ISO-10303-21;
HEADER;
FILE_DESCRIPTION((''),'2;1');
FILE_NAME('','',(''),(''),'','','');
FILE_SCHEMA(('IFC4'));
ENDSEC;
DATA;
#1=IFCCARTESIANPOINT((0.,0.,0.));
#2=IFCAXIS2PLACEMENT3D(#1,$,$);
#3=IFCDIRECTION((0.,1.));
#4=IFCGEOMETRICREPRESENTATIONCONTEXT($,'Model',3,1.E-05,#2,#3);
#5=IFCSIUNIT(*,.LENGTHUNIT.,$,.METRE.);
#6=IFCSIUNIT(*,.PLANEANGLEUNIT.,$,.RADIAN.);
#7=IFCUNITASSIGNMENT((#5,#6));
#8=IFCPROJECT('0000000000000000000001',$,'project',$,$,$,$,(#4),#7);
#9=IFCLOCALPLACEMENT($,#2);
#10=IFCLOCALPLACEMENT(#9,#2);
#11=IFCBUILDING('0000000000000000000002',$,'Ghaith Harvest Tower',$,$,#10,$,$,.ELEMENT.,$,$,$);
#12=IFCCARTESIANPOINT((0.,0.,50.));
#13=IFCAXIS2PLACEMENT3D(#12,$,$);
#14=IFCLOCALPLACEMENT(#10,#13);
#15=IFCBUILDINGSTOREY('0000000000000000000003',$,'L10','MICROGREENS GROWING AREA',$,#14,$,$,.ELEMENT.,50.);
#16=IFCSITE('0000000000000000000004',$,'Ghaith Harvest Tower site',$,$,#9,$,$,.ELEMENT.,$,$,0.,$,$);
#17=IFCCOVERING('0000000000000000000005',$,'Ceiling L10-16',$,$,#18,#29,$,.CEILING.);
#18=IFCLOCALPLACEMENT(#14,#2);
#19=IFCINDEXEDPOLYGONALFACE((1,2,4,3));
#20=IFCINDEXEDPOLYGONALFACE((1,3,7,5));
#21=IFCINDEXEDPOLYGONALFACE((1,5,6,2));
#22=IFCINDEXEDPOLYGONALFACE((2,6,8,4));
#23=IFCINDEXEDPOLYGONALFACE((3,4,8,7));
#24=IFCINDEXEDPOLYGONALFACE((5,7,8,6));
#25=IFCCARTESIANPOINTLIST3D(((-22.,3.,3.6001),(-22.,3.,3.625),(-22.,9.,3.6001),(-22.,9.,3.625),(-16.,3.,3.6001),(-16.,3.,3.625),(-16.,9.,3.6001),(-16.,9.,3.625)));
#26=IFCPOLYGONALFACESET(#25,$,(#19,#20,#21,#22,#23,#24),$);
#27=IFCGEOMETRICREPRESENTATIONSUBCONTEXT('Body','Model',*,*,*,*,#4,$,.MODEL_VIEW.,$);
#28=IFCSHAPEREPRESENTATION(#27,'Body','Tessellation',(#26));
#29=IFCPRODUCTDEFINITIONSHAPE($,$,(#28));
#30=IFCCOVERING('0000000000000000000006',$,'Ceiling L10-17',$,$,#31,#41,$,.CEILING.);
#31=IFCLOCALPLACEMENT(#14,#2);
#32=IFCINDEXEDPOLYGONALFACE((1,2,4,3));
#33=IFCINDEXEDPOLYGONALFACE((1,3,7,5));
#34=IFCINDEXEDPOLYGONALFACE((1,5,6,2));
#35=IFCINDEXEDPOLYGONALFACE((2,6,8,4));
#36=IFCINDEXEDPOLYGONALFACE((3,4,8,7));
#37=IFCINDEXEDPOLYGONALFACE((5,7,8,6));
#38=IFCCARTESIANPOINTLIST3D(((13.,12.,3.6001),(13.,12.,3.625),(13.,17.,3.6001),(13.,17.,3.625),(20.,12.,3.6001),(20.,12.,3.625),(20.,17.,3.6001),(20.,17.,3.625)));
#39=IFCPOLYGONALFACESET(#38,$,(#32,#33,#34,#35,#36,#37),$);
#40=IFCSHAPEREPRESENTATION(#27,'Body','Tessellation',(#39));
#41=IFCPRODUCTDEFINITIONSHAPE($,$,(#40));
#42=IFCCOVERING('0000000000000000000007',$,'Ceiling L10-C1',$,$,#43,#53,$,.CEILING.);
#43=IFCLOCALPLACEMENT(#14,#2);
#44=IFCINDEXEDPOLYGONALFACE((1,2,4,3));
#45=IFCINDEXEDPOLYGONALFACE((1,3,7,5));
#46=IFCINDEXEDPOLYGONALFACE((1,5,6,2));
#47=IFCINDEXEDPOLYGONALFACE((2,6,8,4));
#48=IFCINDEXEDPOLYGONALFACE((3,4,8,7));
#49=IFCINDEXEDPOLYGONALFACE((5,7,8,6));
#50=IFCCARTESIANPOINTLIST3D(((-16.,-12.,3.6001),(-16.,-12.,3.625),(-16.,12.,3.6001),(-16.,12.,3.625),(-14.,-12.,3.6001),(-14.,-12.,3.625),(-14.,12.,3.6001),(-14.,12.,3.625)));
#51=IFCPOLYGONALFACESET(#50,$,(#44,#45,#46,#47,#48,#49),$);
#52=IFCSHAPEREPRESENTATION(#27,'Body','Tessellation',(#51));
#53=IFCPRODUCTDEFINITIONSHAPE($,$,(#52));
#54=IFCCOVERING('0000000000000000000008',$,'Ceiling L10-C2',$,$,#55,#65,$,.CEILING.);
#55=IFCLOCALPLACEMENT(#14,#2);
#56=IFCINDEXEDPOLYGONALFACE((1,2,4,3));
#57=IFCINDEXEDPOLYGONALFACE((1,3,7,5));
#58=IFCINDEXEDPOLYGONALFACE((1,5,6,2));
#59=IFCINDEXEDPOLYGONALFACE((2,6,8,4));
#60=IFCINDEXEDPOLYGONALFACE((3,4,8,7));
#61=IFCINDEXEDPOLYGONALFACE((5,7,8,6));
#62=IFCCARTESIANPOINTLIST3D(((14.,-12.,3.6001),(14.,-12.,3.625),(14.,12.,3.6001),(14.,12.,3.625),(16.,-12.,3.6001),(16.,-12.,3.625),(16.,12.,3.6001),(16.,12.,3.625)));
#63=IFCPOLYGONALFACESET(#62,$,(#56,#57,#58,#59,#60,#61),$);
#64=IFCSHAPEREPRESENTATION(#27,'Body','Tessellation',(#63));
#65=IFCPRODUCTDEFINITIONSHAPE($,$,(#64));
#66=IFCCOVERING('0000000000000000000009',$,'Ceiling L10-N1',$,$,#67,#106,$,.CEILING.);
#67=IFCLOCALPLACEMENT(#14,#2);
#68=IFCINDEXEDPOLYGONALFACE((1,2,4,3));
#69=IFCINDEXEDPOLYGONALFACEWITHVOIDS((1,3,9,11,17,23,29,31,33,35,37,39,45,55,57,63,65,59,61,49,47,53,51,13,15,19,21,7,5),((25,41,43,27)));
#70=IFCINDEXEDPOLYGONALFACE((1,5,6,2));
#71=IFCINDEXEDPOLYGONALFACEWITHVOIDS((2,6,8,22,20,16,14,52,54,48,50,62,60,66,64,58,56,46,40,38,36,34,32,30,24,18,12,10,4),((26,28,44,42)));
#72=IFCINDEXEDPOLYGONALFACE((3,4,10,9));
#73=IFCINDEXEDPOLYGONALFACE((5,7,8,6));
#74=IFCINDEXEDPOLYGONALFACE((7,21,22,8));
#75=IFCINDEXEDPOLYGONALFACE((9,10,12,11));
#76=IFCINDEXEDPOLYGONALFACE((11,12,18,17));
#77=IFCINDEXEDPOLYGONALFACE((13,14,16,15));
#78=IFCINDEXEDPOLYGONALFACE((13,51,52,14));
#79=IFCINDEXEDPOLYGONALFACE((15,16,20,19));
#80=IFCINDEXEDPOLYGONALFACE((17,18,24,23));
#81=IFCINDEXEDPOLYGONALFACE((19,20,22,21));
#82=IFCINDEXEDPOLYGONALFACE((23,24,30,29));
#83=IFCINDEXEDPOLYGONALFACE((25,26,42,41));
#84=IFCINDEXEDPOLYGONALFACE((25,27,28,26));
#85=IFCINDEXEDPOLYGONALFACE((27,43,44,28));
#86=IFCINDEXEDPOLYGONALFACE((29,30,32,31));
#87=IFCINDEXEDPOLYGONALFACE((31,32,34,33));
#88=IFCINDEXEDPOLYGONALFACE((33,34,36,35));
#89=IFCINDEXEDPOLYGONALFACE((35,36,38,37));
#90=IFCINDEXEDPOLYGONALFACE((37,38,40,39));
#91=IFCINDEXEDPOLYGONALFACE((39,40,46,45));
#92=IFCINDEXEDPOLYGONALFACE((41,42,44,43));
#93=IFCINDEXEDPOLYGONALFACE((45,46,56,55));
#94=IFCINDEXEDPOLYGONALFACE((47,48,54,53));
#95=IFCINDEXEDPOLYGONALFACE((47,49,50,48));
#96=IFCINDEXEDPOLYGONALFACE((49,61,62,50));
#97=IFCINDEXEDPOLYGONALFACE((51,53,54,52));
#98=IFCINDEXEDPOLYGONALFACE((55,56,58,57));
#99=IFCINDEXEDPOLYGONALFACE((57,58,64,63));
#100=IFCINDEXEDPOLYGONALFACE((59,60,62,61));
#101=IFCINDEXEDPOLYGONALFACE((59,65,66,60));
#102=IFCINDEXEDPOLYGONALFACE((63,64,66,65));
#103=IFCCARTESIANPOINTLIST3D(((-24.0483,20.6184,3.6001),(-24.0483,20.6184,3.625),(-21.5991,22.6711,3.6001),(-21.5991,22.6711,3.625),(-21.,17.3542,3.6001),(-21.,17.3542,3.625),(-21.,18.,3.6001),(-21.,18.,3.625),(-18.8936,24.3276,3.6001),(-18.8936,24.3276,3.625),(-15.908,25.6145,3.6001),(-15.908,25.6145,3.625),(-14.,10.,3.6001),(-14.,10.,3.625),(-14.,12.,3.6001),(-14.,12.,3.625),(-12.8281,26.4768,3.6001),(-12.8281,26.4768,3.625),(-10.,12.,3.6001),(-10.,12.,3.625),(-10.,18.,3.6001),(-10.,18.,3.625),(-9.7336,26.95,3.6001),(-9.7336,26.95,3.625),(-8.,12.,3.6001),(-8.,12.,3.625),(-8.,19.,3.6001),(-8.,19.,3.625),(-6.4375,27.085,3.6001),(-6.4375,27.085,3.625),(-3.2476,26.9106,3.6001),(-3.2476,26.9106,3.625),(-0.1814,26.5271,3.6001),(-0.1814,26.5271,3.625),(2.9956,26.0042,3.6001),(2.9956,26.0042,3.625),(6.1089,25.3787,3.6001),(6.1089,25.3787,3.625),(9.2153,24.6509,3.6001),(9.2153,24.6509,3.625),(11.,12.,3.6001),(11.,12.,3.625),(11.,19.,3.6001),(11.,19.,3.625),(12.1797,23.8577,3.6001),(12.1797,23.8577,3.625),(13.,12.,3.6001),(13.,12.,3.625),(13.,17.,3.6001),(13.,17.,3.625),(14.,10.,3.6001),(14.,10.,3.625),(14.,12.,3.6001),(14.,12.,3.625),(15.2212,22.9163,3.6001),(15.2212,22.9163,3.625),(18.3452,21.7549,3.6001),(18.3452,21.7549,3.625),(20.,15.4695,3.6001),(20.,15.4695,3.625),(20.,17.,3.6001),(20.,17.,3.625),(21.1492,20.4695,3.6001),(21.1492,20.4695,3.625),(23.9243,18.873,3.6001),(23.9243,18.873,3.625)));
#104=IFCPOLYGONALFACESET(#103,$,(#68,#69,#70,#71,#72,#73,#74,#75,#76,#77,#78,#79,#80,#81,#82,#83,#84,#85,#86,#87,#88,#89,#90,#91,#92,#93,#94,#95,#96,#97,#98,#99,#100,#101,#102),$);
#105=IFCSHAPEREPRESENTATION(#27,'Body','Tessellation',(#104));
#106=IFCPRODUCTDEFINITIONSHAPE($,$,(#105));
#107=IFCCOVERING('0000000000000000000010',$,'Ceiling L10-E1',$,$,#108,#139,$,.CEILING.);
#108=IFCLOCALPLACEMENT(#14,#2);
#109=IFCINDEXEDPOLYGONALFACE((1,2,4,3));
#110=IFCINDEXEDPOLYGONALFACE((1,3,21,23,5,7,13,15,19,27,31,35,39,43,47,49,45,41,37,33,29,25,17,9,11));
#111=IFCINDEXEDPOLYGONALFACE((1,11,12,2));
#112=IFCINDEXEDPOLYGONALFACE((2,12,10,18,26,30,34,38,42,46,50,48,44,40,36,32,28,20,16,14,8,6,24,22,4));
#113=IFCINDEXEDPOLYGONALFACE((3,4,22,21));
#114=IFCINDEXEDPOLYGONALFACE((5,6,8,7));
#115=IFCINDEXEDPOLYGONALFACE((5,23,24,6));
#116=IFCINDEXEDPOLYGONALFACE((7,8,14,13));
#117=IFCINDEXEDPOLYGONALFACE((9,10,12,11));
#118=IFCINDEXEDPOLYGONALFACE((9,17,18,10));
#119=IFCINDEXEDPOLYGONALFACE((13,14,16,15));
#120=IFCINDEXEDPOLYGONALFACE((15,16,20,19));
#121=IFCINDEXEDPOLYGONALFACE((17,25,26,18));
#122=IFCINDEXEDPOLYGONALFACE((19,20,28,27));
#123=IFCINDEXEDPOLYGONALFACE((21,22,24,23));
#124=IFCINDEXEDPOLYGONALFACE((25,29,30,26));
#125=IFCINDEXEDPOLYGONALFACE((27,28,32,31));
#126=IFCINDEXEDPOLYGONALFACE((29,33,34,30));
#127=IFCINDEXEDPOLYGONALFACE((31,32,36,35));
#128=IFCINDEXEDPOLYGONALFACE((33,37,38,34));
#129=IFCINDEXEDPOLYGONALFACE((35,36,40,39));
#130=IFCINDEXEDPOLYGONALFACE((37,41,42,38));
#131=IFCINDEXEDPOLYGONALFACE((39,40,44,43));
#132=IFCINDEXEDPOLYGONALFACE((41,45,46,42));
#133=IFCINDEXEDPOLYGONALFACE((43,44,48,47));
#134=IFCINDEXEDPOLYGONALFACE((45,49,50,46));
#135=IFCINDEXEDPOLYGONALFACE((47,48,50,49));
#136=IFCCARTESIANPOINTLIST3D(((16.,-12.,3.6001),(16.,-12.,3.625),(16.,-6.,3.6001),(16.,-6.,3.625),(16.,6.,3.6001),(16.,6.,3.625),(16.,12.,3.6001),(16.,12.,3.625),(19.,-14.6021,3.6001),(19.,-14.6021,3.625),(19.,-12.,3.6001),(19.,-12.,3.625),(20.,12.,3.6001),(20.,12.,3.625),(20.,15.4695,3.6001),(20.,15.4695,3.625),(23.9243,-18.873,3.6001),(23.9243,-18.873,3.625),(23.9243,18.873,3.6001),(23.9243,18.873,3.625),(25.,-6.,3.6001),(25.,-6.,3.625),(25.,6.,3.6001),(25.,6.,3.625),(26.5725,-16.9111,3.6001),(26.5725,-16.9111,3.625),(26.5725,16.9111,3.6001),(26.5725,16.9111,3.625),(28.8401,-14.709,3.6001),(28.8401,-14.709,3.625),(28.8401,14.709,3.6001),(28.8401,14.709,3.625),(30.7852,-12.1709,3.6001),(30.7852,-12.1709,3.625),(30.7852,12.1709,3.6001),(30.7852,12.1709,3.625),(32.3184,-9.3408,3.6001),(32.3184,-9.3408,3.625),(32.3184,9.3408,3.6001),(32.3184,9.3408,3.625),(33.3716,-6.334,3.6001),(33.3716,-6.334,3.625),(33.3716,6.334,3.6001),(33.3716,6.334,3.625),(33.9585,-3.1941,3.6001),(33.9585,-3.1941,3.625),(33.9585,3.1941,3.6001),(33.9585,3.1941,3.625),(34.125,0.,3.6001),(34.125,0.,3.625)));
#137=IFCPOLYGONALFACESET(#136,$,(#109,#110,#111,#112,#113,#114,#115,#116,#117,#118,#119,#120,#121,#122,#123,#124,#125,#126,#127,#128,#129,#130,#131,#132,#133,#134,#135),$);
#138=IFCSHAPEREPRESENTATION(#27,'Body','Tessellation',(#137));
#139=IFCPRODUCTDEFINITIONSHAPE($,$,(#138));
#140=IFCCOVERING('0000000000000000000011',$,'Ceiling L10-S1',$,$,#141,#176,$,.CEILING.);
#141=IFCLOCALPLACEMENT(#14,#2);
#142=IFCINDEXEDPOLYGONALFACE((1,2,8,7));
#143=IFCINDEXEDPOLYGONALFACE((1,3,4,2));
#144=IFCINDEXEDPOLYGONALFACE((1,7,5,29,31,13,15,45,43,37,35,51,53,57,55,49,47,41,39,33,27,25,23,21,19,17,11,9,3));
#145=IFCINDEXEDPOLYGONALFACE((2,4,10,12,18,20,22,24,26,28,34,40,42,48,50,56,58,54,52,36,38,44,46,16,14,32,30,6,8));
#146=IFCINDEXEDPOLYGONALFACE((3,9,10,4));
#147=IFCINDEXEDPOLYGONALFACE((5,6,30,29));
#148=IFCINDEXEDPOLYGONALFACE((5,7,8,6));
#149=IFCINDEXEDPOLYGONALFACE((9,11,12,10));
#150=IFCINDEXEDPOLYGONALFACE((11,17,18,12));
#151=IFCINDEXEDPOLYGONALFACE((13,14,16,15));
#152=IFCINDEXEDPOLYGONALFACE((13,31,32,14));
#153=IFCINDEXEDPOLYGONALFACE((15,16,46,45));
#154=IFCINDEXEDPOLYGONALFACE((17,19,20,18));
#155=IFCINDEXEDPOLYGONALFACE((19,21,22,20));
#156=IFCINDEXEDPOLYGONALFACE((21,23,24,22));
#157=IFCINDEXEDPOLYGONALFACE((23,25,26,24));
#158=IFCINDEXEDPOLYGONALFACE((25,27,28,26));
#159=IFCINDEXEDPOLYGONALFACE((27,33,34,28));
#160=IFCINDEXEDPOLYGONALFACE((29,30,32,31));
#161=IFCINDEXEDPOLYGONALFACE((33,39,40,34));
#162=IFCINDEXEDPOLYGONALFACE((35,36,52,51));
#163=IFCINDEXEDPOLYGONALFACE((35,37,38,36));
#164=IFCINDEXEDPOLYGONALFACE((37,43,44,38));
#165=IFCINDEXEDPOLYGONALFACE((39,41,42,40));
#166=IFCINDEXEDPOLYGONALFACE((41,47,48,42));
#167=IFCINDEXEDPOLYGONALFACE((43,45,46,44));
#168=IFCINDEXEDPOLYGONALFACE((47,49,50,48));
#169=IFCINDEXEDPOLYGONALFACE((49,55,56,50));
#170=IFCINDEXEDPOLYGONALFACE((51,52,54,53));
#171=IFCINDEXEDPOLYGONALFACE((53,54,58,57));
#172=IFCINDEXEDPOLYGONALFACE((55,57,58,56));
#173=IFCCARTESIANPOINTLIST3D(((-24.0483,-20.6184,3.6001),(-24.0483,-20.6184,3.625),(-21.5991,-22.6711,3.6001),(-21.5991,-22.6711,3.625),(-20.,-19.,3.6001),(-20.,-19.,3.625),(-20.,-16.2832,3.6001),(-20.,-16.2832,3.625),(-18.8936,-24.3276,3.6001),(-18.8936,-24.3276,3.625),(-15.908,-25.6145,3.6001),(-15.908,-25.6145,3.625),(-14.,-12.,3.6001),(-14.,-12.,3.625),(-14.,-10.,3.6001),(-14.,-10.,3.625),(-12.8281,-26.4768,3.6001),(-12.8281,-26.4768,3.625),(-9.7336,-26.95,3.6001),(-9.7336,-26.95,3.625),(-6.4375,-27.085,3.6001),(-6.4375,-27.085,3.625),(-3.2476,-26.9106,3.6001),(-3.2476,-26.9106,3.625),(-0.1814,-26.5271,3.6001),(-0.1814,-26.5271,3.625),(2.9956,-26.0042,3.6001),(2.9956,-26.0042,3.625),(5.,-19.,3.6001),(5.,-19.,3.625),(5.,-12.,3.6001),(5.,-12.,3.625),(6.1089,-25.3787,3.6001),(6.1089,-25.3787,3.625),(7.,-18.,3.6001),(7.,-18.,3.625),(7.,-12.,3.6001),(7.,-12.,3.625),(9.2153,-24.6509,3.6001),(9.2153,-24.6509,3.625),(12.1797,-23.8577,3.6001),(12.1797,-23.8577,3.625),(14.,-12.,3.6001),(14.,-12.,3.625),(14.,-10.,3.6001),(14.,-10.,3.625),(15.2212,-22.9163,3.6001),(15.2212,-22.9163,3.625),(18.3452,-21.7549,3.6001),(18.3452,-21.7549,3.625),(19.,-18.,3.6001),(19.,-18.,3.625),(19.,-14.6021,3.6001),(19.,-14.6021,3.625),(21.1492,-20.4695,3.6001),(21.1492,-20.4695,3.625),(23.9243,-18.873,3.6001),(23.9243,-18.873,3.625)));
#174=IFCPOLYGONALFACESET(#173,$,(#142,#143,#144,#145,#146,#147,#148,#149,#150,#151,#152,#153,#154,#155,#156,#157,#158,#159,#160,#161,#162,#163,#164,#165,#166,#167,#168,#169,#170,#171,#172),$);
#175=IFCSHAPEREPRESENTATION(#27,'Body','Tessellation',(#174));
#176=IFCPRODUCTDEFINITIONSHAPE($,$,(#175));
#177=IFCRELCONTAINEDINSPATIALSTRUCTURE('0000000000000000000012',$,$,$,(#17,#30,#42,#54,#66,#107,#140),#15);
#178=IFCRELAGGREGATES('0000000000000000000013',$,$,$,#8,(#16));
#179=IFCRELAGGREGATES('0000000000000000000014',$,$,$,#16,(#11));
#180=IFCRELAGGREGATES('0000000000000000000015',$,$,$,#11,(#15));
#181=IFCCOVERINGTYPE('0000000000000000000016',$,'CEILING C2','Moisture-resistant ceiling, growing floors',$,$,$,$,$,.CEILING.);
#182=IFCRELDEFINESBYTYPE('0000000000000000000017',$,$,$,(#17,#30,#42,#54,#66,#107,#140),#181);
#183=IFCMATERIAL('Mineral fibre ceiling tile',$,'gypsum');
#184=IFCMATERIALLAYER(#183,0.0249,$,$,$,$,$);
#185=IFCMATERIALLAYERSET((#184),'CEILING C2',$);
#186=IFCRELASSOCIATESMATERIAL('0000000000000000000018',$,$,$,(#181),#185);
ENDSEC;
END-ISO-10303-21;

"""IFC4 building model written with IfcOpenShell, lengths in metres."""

from ifc_helpers import new_model, si_unit, direction, frame, origin, place, context, subcontext, project, spatial, polyline, outline, extrude, material, layer, layer_set, type_object, element, save


model = new_model("IFC4")

# Units and contexts
model_context = context("Model", 3, precision=1e-05, world=origin(), true_north=direction((0.0, 1.0)))
body_context = subcontext(model_context, "Body", "Model", "MODEL_VIEW")
ifc_project = project(units=[si_unit("LENGTHUNIT", "METRE"), si_unit("PLANEANGLEUNIT", "RADIAN")], contexts=[model_context])

# Site, building, storey
site_placement = place(None, origin())
site = spatial("IfcSite", under=ifc_project, at=site_placement, Name="Ghaith Harvest Tower site", CompositionType="ELEMENT", RefElevation=0.0)
building_placement = place(site_placement, origin())
building = spatial("IfcBuilding", under=site, at=building_placement, Name="Ghaith Harvest Tower", CompositionType="ELEMENT")
storey_placement = place(building_placement, frame((0.0, 0.0, 50.0)))
storey = spatial("IfcBuildingStorey", under=building, at=storey_placement, Name="L10", Description="MICROGREENS GROWING AREA", CompositionType="ELEMENT", Elevation=50.0)

# Coverings
ifc_material_1 = material(Name="Mineral fibre ceiling tile", Category="gypsum")
ifc_layer_1 = layer(ifc_material_1, 0.0249)
ifc_layer_set_1 = layer_set([ifc_layer_1], Name="CEILING C2")
covering_type = type_object("IfcCoveringType", Name="CEILING C2", Description="Moisture-resistant ceiling, growing floors", PredefinedType="CEILING", material=ifc_layer_set_1)
covering_1_placement = place(storey_placement, frame((0.0, 0.0, 3.6001)))
element("IfcCovering", 1, at=covering_1_placement, inside=storey, type_object=covering_type, Name="Ceiling L10-16", PredefinedType="CEILING", context=body_context, shape_type="SweptSolid", body=[
    extrude(outline(polyline([(-22.0, 3.0), (-16.0, 3.0), (-16.0, 9.0), (-22.0, 9.0), (-22.0, 3.0)])), origin(), (0.0, 0.0, 1.0), 0.0249),
])
covering_2_placement = place(storey_placement, frame((0.0, 0.0, 3.6001)))
element("IfcCovering", 2, at=covering_2_placement, inside=storey, type_object=covering_type, Name="Ceiling L10-17", PredefinedType="CEILING", context=body_context, shape_type="SweptSolid", body=[
    extrude(outline(polyline([(13.0, 12.0), (20.0, 12.0), (20.0, 17.0), (13.0, 17.0), (13.0, 12.0)])), origin(), (0.0, 0.0, 1.0), 0.0249),
])
covering_3_placement = place(storey_placement, frame((0.0, 0.0, 3.6001)))
element("IfcCovering", 3, at=covering_3_placement, inside=storey, type_object=covering_type, Name="Ceiling L10-C1", PredefinedType="CEILING", context=body_context, shape_type="SweptSolid", body=[
    extrude(outline(polyline([(-14.0, 12.0), (-14.0, -12.0), (-16.0, -12.0), (-16.0, 12.0), (-14.0, 12.0)])), origin(), (0.0, 0.0, 1.0), 0.0249),
])
covering_4_placement = place(storey_placement, frame((0.0, 0.0, 3.6001)))
element("IfcCovering", 4, at=covering_4_placement, inside=storey, type_object=covering_type, Name="Ceiling L10-C2", PredefinedType="CEILING", context=body_context, shape_type="SweptSolid", body=[
    extrude(outline(polyline([(14.0, -12.0), (14.0, 12.0), (16.0, 12.0), (16.0, -12.0), (14.0, -12.0)])), origin(), (0.0, 0.0, 1.0), 0.0249),
])
covering_5_placement = place(storey_placement, frame((0.0, 0.0, 3.6001)))
element("IfcCovering", 5, at=covering_5_placement, inside=storey, type_object=covering_type, Name="Ceiling L10-N1", PredefinedType="CEILING", context=body_context, shape_type="SweptSolid", body=[
    extrude(outline(polyline([(-21.5991, 22.6711), (-18.8936, 24.3276), (-15.908, 25.6145), (-12.8281, 26.4768), (-9.7336, 26.95), (-6.4375, 27.085), (-3.2476, 26.9106), (-0.1814, 26.5271), (2.9956, 26.0042), (6.1089, 25.3787), (9.2153, 24.6509), (12.1797, 23.8577), (15.2212, 22.9163), (18.3452, 21.7549), (21.1492, 20.4695), (23.9243, 18.873), (20.0, 15.4695), (20.0, 17.0), (13.0, 17.0), (13.0, 12.0), (14.0, 12.0), (14.0, 10.0), (-14.0, 10.0), (-14.0, 12.0), (-10.0, 12.0), (-10.0, 18.0), (-21.0, 18.0), (-21.0, 17.3542), (-24.0483, 20.6184), (-21.5991, 22.6711)]), holes=[polyline([(-8.0, 19.0), (-8.0, 12.0), (11.0, 12.0), (11.0, 19.0), (-8.0, 19.0)])]), origin(), (0.0, 0.0, 1.0), 0.0249),
])
covering_6_placement = place(storey_placement, frame((0.0, 0.0, 3.6001)))
element("IfcCovering", 6, at=covering_6_placement, inside=storey, type_object=covering_type, Name="Ceiling L10-E1", PredefinedType="CEILING", context=body_context, shape_type="SweptSolid", body=[
    extrude(outline(polyline([(26.5725, 16.9111), (28.8401, 14.709), (30.7852, 12.1709), (32.3184, 9.3408), (33.3716, 6.334), (33.9585, 3.1941), (34.125, 0.0), (33.9585, -3.1941), (33.3716, -6.334), (32.3184, -9.3408), (30.7852, -12.1709), (28.8401, -14.709), (26.5725, -16.9111), (23.9243, -18.873), (19.0, -14.6021), (19.0, -12.0), (16.0, -12.0), (16.0, -6.0), (25.0, -6.0), (25.0, 6.0), (16.0, 6.0), (16.0, 12.0), (20.0, 12.0), (20.0, 15.4695), (23.9243, 18.873), (26.5725, 16.9111)])), origin(), (0.0, 0.0, 1.0), 0.0249),
])
covering_7_placement = place(storey_placement, frame((0.0, 0.0, 3.6001)))
element("IfcCovering", 7, at=covering_7_placement, inside=storey, type_object=covering_type, Name="Ceiling L10-S1", PredefinedType="CEILING", context=body_context, shape_type="SweptSolid", body=[
    extrude(outline(polyline([(-15.908, -25.6145), (-18.8936, -24.3276), (-21.5991, -22.6711), (-24.0483, -20.6184), (-20.0, -16.2832), (-20.0, -19.0), (5.0, -19.0), (5.0, -12.0), (-14.0, -12.0), (-14.0, -10.0), (14.0, -10.0), (14.0, -12.0), (7.0, -12.0), (7.0, -18.0), (19.0, -18.0), (19.0, -14.6021), (23.9243, -18.873), (21.1492, -20.4695), (18.3452, -21.7549), (15.2212, -22.9163), (12.1797, -23.8577), (9.2153, -24.6509), (6.1089, -25.3787), (2.9956, -26.0042), (-0.1814, -26.5271), (-3.2476, -26.9106), (-6.4375, -27.085), (-9.7336, -26.95), (-12.8281, -26.4768), (-15.908, -25.6145)])), origin(), (0.0, 0.0, 1.0), 0.0249),
])

save(model, "model.ifc")
